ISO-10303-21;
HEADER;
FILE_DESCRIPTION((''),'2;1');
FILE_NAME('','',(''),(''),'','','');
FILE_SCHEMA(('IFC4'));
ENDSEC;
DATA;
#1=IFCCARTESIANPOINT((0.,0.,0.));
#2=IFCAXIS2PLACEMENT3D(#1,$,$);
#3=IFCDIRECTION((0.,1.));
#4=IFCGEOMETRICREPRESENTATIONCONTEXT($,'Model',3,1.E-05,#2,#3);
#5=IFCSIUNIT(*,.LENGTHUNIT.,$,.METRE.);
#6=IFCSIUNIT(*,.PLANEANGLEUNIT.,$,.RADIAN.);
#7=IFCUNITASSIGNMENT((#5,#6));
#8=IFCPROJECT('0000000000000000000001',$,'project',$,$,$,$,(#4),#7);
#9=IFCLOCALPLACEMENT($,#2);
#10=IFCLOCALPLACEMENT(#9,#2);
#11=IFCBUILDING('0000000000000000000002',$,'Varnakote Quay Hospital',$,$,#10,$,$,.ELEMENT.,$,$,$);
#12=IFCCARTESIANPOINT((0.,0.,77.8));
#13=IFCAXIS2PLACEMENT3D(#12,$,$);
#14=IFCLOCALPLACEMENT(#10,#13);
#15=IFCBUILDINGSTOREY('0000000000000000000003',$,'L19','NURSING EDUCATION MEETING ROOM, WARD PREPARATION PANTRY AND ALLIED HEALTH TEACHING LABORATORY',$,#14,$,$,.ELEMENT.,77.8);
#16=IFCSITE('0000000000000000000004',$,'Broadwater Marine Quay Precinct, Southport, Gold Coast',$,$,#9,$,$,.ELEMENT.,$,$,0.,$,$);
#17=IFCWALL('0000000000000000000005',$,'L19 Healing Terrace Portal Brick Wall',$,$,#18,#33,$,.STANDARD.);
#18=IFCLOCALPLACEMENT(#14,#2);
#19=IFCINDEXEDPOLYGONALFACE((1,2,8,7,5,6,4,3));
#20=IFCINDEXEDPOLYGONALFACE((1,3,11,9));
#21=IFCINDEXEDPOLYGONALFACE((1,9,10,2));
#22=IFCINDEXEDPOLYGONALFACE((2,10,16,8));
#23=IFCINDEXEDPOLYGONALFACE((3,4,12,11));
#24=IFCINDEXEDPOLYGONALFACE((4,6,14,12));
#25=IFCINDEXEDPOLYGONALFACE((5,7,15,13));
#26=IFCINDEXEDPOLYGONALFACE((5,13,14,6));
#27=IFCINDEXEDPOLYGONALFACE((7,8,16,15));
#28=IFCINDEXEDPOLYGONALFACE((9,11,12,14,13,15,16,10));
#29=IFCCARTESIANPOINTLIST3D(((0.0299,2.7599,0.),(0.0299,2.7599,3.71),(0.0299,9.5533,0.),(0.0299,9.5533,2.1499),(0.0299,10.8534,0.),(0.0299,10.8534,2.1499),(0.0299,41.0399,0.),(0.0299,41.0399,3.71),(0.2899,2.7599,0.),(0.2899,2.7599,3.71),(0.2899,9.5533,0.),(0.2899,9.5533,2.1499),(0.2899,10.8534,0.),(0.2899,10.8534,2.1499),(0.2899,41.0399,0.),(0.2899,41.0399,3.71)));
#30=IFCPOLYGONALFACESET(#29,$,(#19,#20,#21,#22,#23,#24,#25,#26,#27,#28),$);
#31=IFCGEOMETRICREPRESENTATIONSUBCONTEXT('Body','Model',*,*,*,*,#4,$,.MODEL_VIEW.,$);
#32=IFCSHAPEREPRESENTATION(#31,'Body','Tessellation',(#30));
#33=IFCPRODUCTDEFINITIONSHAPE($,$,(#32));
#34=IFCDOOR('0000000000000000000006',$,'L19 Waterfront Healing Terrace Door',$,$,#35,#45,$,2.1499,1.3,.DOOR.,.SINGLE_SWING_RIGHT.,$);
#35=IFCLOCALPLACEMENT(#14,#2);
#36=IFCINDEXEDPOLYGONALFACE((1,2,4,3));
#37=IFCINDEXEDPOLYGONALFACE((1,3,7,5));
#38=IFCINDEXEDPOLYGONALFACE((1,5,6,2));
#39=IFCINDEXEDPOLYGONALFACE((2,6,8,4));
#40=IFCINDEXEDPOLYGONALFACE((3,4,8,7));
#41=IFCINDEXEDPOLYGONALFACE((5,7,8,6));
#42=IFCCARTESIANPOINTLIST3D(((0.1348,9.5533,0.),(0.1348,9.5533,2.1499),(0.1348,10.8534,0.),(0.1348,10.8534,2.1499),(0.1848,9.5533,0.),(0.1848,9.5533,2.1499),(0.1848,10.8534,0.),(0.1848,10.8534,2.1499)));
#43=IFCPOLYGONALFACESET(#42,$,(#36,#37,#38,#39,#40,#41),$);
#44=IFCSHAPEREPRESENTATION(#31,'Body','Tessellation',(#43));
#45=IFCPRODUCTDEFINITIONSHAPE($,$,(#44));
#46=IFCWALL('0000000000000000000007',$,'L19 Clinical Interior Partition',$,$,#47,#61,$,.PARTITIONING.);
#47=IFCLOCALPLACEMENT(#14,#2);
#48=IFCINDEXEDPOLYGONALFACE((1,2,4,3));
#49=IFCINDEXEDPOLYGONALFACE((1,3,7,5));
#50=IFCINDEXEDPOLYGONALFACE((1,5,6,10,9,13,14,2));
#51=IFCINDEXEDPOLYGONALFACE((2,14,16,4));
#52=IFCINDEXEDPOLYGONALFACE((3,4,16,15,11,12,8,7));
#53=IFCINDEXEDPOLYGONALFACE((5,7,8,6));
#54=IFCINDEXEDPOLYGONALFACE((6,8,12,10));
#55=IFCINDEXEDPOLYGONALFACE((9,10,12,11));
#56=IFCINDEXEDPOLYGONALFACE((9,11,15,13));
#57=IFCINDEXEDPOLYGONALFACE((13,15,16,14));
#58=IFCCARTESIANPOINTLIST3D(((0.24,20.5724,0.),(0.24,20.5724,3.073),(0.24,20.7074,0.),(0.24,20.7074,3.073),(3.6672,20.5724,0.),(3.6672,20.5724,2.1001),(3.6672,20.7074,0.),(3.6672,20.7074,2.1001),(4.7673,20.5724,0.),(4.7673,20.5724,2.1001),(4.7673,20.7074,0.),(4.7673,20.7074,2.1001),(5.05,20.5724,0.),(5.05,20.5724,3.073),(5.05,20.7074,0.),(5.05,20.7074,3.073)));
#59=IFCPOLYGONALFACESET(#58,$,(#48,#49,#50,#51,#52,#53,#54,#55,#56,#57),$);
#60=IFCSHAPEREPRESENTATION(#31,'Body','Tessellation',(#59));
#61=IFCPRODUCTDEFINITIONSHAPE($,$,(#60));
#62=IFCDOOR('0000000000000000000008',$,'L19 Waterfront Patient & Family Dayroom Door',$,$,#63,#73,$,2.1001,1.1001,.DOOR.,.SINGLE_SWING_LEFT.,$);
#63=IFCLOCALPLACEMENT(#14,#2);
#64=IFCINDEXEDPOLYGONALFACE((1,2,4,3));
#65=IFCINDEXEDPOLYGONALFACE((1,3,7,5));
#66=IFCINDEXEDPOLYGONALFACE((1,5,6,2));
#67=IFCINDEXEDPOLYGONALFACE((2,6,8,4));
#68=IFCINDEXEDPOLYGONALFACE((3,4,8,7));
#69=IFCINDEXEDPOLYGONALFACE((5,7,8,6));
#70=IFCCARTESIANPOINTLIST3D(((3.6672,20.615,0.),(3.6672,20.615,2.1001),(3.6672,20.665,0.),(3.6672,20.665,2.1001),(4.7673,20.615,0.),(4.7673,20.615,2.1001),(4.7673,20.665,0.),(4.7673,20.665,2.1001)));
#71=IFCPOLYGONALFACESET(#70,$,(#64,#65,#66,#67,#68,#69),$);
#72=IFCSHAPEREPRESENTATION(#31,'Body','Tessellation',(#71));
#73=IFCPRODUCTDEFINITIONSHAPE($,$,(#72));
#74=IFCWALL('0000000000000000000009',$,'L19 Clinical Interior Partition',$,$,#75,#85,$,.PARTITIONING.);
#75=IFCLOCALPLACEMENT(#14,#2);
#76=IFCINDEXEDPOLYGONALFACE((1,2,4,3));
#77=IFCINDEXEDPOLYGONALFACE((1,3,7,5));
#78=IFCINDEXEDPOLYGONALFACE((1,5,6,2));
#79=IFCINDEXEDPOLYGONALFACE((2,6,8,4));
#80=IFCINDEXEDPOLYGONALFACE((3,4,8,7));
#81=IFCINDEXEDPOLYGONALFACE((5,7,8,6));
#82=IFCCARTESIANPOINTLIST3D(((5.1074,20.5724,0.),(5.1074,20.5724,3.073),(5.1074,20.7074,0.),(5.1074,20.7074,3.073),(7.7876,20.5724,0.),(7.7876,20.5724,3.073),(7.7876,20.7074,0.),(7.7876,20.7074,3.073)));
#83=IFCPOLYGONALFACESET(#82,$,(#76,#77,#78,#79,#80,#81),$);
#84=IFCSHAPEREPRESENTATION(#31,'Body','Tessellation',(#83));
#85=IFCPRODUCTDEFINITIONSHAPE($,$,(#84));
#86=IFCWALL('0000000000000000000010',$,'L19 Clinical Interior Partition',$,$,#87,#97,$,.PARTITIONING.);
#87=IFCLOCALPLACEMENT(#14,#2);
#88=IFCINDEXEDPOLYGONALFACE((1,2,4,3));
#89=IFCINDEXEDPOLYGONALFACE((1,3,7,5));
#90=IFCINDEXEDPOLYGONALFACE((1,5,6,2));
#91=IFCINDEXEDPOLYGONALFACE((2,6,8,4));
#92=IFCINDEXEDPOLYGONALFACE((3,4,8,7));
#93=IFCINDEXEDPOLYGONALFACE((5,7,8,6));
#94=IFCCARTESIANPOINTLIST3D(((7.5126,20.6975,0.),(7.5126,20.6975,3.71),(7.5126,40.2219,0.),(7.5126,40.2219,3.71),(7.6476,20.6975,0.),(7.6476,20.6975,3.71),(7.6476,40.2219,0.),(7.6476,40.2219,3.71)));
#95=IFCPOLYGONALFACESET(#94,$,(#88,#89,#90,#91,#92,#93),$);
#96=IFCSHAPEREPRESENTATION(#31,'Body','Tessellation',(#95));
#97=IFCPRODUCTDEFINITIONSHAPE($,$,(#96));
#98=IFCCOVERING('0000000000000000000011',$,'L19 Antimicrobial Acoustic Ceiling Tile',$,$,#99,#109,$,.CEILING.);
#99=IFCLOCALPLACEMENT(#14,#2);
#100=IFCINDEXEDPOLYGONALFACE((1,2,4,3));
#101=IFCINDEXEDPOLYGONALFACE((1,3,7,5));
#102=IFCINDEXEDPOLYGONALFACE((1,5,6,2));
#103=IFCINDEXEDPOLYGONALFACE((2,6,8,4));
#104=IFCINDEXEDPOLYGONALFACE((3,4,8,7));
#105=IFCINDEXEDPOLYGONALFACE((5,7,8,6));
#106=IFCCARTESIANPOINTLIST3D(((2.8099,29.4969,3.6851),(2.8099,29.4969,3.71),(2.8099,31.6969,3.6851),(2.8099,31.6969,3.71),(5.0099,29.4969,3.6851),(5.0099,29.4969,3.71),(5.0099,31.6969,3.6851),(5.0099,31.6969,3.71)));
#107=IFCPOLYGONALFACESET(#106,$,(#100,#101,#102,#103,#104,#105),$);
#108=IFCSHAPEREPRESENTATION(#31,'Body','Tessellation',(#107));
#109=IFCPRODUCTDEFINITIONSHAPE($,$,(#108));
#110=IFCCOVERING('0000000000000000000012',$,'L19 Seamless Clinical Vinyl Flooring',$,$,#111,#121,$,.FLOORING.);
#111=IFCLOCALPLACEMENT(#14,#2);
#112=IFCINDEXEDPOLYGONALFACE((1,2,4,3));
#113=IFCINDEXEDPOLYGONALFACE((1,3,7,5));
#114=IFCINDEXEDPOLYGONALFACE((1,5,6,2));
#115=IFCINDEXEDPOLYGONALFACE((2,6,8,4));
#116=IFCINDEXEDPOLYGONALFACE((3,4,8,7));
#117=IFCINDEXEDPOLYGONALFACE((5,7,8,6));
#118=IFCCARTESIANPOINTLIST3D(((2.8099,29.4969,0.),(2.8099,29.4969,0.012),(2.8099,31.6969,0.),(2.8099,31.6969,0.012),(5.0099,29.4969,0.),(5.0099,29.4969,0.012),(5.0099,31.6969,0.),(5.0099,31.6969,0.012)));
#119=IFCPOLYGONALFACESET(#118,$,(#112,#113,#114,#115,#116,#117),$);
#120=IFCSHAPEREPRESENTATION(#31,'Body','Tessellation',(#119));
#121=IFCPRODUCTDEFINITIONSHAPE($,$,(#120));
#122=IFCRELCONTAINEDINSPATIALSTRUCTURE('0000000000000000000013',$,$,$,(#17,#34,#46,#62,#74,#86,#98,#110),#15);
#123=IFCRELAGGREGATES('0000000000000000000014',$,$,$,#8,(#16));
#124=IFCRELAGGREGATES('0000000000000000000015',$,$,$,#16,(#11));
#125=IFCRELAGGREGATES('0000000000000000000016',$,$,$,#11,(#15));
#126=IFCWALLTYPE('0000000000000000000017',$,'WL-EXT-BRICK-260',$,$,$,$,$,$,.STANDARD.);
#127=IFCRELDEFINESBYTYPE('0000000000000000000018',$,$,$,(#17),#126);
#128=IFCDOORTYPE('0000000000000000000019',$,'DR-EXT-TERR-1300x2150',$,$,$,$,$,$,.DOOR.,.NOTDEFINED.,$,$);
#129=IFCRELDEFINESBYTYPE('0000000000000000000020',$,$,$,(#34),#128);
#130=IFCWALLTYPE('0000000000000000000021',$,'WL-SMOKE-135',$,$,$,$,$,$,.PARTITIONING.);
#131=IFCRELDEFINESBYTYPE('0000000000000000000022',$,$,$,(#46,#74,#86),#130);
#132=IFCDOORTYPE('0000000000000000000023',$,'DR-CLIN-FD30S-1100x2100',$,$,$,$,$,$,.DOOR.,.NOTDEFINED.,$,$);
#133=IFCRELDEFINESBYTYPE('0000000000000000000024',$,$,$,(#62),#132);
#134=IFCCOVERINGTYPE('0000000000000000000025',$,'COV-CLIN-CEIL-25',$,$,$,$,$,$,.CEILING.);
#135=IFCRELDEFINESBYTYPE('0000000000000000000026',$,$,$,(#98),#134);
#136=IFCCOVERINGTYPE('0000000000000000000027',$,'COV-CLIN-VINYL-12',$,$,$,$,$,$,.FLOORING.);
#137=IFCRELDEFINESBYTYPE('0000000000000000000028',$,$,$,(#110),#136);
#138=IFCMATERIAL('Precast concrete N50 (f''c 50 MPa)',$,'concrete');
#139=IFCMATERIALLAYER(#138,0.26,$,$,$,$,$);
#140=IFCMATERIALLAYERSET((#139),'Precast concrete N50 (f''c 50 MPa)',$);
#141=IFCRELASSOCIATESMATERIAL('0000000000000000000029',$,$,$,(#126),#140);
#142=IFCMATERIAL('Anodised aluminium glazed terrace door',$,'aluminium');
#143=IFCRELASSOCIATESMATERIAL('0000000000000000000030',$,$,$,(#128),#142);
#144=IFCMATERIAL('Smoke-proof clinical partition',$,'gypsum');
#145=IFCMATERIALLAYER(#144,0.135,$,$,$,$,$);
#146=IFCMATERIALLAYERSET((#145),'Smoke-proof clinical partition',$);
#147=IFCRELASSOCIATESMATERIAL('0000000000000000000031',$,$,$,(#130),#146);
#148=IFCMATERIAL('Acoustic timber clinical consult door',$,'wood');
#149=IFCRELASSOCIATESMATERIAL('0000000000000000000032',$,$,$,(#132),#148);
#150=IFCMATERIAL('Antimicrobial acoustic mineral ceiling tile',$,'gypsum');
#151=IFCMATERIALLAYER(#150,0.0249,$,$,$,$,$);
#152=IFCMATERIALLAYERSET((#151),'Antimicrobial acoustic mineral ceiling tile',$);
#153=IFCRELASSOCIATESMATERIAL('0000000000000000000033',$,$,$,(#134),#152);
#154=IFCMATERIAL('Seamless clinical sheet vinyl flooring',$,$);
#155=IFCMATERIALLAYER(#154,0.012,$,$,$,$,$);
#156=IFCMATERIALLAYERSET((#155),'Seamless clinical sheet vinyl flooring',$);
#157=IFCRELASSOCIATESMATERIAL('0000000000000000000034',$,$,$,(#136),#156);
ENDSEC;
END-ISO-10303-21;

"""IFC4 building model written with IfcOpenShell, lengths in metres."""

from ifc_helpers import new_model, si_unit, direction, frame, frame_2d, origin, origin_2d, place, context, subcontext, project, spatial, rectangle, extrude, material, layer, layer_set, type_object, element, fill, save


model = new_model("IFC4")

# Units and contexts
model_context = context("Model", 3, precision=1e-05, world=origin(), true_north=direction((0.0, 1.0)))
body_context = subcontext(model_context, "Body", "Model", "MODEL_VIEW")
ifc_project = project(units=[si_unit("LENGTHUNIT", "METRE"), si_unit("PLANEANGLEUNIT", "RADIAN")], contexts=[model_context])

# Site, building, storey
site_placement = place(None, origin())
site = spatial("IfcSite", under=ifc_project, at=site_placement, Name="Broadwater Marine Quay Precinct, Southport, Gold Coast", CompositionType="ELEMENT", RefElevation=0.0)
building_placement = place(site_placement, origin())
building = spatial("IfcBuilding", under=site, at=building_placement, Name="Varnakote Quay Hospital", CompositionType="ELEMENT")
storey_placement = place(building_placement, frame((0.0, 0.0, 77.8)))
storey = spatial("IfcBuildingStorey", under=building, at=storey_placement, Name="L19", Description="NURSING EDUCATION MEETING ROOM, WARD PREPARATION PANTRY AND ALLIED HEALTH TEACHING LABORATORY", CompositionType="ELEMENT", Elevation=77.8)

# Shared definitions
ifc_material_1 = material(Name="Precast concrete N50 (f'c 50 MPa)", Category="concrete")
ifc_layer_1 = layer(ifc_material_1, 0.26)
ifc_layer_set_1 = layer_set([ifc_layer_1], Name="Precast concrete N50 (f'c 50 MPa)")
wall_type_1 = type_object("IfcWallType", Name="WL-EXT-BRICK-260", PredefinedType="STANDARD", material=ifc_layer_set_1)

# Walls, openings, doors
wall_1_placement = place(storey_placement, frame((0.1599, 41.04, 0.0), z_axis=(0.0, 0.0, 1.0), x_axis=(0.0, -1.0, 0.0)))
wall_1 = element("IfcWall", 1, at=wall_1_placement, inside=storey, type_object=wall_type_1, Name="L19 Healing Terrace Portal Brick Wall", PredefinedType="STANDARD", context=body_context, shape_type="SweptSolid", body=[
    extrude(rectangle(XDim=38.28, YDim=0.26, at=frame_2d((19.1401, 0.0))), origin(), (0.0, 0.0, 1.0), 3.71),
])
opening_1_placement = place(wall_1_placement, frame((30.1868, 0.0, 0.0)))
opening_1 = element("IfcOpeningElement", 2, at=opening_1_placement, cuts=wall_1, PredefinedType="OPENING", context=body_context, shape_type="SweptSolid", body=[
    extrude(rectangle(XDim=1.3, YDim=2.1499, at=frame_2d((0.6499, 1.075))), frame((0.0, 0.1399, 0.0), z_axis=(0.0, -1.0, 0.0), x_axis=(1.0, 0.0, 0.0)), (0.0, 0.0, 1.0), 0.28),
])
ifc_material_2 = material(Name="Anodised aluminium glazed terrace door", Category="aluminium")
door_type_1 = type_object("IfcDoorType", Name="DR-EXT-TERR-1300x2150", OperationType="NOTDEFINED", PredefinedType="DOOR", material=ifc_material_2)
door_1_placement = place(opening_1_placement, origin())
door_1 = element("IfcDoor", 3, at=door_1_placement, inside=storey, type_object=door_type_1, Name="L19 Waterfront Healing Terrace Door", OperationType="SINGLE_SWING_RIGHT", OverallHeight=2.1499, OverallWidth=1.3, PredefinedType="DOOR", context=body_context, shape_type="SweptSolid", body=[
    extrude(rectangle(XDim=1.3, YDim=2.1499, at=frame_2d((0.6499, 1.075))), frame((0.0, 0.0249, 0.0), z_axis=(0.0, -1.0, 0.0), x_axis=(1.0, 0.0, 0.0)), (0.0, 0.0, 1.0), 0.05),
])
fill(opening_1, door_1)
ifc_material_3 = material(Name="Smoke-proof clinical partition", Category="gypsum")
ifc_layer_2 = layer(ifc_material_3, 0.135)
ifc_layer_set_2 = layer_set([ifc_layer_2], Name="Smoke-proof clinical partition")
wall_type_2 = type_object("IfcWallType", Name="WL-SMOKE-135", PredefinedType="PARTITIONING", material=ifc_layer_set_2)
wall_2_placement = place(storey_placement, frame((5.05, 20.6399, 0.0), z_axis=(0.0, 0.0, 1.0), x_axis=(-1.0, 0.0, 0.0)))
wall_2 = element("IfcWall", 4, at=wall_2_placement, inside=storey, type_object=wall_type_2, Name="L19 Clinical Interior Partition", PredefinedType="PARTITIONING", context=body_context, shape_type="SweptSolid", body=[
    extrude(rectangle(XDim=4.8101, YDim=0.135, at=frame_2d((2.405, 0.0))), origin(), (0.0, 0.0, 1.0), 3.073),
])
opening_2_placement = place(wall_2_placement, frame((0.2827, 0.0, 0.0)))
opening_2 = element("IfcOpeningElement", 5, at=opening_2_placement, cuts=wall_2, PredefinedType="OPENING", context=body_context, shape_type="SweptSolid", body=[
    extrude(rectangle(XDim=1.1001, YDim=2.1001, at=frame_2d((0.55, 1.05))), frame((0.0, 0.0774, 0.0), z_axis=(0.0, -1.0, 0.0), x_axis=(1.0, 0.0, 0.0)), (0.0, 0.0, 1.0), 0.155),
])
ifc_material_4 = material(Name="Acoustic timber clinical consult door", Category="wood")
door_type_2 = type_object("IfcDoorType", Name="DR-CLIN-FD30S-1100x2100", OperationType="NOTDEFINED", PredefinedType="DOOR", material=ifc_material_4)
door_2_placement = place(opening_2_placement, origin())
door_2 = element("IfcDoor", 6, at=door_2_placement, inside=storey, type_object=door_type_2, Name="L19 Waterfront Patient & Family Dayroom Door", OperationType="SINGLE_SWING_LEFT", OverallHeight=2.1001, OverallWidth=1.1001, PredefinedType="DOOR", context=body_context, shape_type="SweptSolid", body=[
    extrude(rectangle(XDim=1.1001, YDim=2.1001, at=frame_2d((0.55, 1.05))), frame((0.0, 0.0249, 0.0), z_axis=(0.0, -1.0, 0.0), x_axis=(1.0, 0.0, 0.0)), (0.0, 0.0, 1.0), 0.05),
])
fill(opening_2, door_2)

# Walls
wall_3_placement = place(storey_placement, frame((7.7876, 20.6399, 0.0), z_axis=(0.0, 0.0, 1.0), x_axis=(-1.0, 0.0, 0.0)))
element("IfcWall", 7, at=wall_3_placement, inside=storey, type_object=wall_type_2, Name="L19 Clinical Interior Partition", PredefinedType="PARTITIONING", context=body_context, shape_type="SweptSolid", body=[
    extrude(rectangle(XDim=2.6802, YDim=0.135, at=frame_2d((1.3401, 0.0))), origin(), (0.0, 0.0, 1.0), 3.073),
])
wall_4_placement = place(storey_placement, frame((7.5801, 20.6975, 0.0), z_axis=(0.0, 0.0, 1.0), x_axis=(0.0, 1.0, 0.0)))
element("IfcWall", 8, at=wall_4_placement, inside=storey, type_object=wall_type_2, Name="L19 Clinical Interior Partition", PredefinedType="PARTITIONING", context=body_context, shape_type="SweptSolid", body=[
    extrude(rectangle(XDim=19.5244, YDim=0.135, at=frame_2d((9.7622, 0.0))), origin(), (0.0, 0.0, 1.0), 3.71),
])

# Coverings
ifc_material_5 = material(Name="Antimicrobial acoustic mineral ceiling tile", Category="gypsum")
ifc_layer_3 = layer(ifc_material_5, 0.0249)
ifc_layer_set_3 = layer_set([ifc_layer_3], Name="Antimicrobial acoustic mineral ceiling tile")
covering_type_1 = type_object("IfcCoveringType", Name="COV-CLIN-CEIL-25", PredefinedType="CEILING", material=ifc_layer_set_3)
covering_1_placement = place(storey_placement, frame((3.9099, 30.5969, 3.6851), z_axis=(0.0, 0.0, 1.0), x_axis=(1.0, 0.0, 0.0)))
element("IfcCovering", 9, at=covering_1_placement, inside=storey, type_object=covering_type_1, Name="L19 Antimicrobial Acoustic Ceiling Tile", PredefinedType="CEILING", context=body_context, shape_type="SweptSolid", body=[
    extrude(rectangle(XDim=2.2, YDim=2.2, at=origin_2d()), origin(), (0.0, 0.0, 1.0), 0.0249),
])
ifc_material_6 = material(Name="Seamless clinical sheet vinyl flooring")
ifc_layer_4 = layer(ifc_material_6, 0.012)
ifc_layer_set_4 = layer_set([ifc_layer_4], Name="Seamless clinical sheet vinyl flooring")
covering_type_2 = type_object("IfcCoveringType", Name="COV-CLIN-VINYL-12", PredefinedType="FLOORING", material=ifc_layer_set_4)
covering_2_placement = place(storey_placement, frame((3.9099, 30.5969, 0.0), z_axis=(0.0, 0.0, 1.0), x_axis=(1.0, 0.0, 0.0)))
element("IfcCovering", 10, at=covering_2_placement, inside=storey, type_object=covering_type_2, Name="L19 Seamless Clinical Vinyl Flooring", PredefinedType="FLOORING", context=body_context, shape_type="SweptSolid", body=[
    extrude(rectangle(XDim=2.2, YDim=2.2, at=origin_2d()), origin(), (0.0, 0.0, 1.0), 0.012),
])

save(model, "model.ifc")
